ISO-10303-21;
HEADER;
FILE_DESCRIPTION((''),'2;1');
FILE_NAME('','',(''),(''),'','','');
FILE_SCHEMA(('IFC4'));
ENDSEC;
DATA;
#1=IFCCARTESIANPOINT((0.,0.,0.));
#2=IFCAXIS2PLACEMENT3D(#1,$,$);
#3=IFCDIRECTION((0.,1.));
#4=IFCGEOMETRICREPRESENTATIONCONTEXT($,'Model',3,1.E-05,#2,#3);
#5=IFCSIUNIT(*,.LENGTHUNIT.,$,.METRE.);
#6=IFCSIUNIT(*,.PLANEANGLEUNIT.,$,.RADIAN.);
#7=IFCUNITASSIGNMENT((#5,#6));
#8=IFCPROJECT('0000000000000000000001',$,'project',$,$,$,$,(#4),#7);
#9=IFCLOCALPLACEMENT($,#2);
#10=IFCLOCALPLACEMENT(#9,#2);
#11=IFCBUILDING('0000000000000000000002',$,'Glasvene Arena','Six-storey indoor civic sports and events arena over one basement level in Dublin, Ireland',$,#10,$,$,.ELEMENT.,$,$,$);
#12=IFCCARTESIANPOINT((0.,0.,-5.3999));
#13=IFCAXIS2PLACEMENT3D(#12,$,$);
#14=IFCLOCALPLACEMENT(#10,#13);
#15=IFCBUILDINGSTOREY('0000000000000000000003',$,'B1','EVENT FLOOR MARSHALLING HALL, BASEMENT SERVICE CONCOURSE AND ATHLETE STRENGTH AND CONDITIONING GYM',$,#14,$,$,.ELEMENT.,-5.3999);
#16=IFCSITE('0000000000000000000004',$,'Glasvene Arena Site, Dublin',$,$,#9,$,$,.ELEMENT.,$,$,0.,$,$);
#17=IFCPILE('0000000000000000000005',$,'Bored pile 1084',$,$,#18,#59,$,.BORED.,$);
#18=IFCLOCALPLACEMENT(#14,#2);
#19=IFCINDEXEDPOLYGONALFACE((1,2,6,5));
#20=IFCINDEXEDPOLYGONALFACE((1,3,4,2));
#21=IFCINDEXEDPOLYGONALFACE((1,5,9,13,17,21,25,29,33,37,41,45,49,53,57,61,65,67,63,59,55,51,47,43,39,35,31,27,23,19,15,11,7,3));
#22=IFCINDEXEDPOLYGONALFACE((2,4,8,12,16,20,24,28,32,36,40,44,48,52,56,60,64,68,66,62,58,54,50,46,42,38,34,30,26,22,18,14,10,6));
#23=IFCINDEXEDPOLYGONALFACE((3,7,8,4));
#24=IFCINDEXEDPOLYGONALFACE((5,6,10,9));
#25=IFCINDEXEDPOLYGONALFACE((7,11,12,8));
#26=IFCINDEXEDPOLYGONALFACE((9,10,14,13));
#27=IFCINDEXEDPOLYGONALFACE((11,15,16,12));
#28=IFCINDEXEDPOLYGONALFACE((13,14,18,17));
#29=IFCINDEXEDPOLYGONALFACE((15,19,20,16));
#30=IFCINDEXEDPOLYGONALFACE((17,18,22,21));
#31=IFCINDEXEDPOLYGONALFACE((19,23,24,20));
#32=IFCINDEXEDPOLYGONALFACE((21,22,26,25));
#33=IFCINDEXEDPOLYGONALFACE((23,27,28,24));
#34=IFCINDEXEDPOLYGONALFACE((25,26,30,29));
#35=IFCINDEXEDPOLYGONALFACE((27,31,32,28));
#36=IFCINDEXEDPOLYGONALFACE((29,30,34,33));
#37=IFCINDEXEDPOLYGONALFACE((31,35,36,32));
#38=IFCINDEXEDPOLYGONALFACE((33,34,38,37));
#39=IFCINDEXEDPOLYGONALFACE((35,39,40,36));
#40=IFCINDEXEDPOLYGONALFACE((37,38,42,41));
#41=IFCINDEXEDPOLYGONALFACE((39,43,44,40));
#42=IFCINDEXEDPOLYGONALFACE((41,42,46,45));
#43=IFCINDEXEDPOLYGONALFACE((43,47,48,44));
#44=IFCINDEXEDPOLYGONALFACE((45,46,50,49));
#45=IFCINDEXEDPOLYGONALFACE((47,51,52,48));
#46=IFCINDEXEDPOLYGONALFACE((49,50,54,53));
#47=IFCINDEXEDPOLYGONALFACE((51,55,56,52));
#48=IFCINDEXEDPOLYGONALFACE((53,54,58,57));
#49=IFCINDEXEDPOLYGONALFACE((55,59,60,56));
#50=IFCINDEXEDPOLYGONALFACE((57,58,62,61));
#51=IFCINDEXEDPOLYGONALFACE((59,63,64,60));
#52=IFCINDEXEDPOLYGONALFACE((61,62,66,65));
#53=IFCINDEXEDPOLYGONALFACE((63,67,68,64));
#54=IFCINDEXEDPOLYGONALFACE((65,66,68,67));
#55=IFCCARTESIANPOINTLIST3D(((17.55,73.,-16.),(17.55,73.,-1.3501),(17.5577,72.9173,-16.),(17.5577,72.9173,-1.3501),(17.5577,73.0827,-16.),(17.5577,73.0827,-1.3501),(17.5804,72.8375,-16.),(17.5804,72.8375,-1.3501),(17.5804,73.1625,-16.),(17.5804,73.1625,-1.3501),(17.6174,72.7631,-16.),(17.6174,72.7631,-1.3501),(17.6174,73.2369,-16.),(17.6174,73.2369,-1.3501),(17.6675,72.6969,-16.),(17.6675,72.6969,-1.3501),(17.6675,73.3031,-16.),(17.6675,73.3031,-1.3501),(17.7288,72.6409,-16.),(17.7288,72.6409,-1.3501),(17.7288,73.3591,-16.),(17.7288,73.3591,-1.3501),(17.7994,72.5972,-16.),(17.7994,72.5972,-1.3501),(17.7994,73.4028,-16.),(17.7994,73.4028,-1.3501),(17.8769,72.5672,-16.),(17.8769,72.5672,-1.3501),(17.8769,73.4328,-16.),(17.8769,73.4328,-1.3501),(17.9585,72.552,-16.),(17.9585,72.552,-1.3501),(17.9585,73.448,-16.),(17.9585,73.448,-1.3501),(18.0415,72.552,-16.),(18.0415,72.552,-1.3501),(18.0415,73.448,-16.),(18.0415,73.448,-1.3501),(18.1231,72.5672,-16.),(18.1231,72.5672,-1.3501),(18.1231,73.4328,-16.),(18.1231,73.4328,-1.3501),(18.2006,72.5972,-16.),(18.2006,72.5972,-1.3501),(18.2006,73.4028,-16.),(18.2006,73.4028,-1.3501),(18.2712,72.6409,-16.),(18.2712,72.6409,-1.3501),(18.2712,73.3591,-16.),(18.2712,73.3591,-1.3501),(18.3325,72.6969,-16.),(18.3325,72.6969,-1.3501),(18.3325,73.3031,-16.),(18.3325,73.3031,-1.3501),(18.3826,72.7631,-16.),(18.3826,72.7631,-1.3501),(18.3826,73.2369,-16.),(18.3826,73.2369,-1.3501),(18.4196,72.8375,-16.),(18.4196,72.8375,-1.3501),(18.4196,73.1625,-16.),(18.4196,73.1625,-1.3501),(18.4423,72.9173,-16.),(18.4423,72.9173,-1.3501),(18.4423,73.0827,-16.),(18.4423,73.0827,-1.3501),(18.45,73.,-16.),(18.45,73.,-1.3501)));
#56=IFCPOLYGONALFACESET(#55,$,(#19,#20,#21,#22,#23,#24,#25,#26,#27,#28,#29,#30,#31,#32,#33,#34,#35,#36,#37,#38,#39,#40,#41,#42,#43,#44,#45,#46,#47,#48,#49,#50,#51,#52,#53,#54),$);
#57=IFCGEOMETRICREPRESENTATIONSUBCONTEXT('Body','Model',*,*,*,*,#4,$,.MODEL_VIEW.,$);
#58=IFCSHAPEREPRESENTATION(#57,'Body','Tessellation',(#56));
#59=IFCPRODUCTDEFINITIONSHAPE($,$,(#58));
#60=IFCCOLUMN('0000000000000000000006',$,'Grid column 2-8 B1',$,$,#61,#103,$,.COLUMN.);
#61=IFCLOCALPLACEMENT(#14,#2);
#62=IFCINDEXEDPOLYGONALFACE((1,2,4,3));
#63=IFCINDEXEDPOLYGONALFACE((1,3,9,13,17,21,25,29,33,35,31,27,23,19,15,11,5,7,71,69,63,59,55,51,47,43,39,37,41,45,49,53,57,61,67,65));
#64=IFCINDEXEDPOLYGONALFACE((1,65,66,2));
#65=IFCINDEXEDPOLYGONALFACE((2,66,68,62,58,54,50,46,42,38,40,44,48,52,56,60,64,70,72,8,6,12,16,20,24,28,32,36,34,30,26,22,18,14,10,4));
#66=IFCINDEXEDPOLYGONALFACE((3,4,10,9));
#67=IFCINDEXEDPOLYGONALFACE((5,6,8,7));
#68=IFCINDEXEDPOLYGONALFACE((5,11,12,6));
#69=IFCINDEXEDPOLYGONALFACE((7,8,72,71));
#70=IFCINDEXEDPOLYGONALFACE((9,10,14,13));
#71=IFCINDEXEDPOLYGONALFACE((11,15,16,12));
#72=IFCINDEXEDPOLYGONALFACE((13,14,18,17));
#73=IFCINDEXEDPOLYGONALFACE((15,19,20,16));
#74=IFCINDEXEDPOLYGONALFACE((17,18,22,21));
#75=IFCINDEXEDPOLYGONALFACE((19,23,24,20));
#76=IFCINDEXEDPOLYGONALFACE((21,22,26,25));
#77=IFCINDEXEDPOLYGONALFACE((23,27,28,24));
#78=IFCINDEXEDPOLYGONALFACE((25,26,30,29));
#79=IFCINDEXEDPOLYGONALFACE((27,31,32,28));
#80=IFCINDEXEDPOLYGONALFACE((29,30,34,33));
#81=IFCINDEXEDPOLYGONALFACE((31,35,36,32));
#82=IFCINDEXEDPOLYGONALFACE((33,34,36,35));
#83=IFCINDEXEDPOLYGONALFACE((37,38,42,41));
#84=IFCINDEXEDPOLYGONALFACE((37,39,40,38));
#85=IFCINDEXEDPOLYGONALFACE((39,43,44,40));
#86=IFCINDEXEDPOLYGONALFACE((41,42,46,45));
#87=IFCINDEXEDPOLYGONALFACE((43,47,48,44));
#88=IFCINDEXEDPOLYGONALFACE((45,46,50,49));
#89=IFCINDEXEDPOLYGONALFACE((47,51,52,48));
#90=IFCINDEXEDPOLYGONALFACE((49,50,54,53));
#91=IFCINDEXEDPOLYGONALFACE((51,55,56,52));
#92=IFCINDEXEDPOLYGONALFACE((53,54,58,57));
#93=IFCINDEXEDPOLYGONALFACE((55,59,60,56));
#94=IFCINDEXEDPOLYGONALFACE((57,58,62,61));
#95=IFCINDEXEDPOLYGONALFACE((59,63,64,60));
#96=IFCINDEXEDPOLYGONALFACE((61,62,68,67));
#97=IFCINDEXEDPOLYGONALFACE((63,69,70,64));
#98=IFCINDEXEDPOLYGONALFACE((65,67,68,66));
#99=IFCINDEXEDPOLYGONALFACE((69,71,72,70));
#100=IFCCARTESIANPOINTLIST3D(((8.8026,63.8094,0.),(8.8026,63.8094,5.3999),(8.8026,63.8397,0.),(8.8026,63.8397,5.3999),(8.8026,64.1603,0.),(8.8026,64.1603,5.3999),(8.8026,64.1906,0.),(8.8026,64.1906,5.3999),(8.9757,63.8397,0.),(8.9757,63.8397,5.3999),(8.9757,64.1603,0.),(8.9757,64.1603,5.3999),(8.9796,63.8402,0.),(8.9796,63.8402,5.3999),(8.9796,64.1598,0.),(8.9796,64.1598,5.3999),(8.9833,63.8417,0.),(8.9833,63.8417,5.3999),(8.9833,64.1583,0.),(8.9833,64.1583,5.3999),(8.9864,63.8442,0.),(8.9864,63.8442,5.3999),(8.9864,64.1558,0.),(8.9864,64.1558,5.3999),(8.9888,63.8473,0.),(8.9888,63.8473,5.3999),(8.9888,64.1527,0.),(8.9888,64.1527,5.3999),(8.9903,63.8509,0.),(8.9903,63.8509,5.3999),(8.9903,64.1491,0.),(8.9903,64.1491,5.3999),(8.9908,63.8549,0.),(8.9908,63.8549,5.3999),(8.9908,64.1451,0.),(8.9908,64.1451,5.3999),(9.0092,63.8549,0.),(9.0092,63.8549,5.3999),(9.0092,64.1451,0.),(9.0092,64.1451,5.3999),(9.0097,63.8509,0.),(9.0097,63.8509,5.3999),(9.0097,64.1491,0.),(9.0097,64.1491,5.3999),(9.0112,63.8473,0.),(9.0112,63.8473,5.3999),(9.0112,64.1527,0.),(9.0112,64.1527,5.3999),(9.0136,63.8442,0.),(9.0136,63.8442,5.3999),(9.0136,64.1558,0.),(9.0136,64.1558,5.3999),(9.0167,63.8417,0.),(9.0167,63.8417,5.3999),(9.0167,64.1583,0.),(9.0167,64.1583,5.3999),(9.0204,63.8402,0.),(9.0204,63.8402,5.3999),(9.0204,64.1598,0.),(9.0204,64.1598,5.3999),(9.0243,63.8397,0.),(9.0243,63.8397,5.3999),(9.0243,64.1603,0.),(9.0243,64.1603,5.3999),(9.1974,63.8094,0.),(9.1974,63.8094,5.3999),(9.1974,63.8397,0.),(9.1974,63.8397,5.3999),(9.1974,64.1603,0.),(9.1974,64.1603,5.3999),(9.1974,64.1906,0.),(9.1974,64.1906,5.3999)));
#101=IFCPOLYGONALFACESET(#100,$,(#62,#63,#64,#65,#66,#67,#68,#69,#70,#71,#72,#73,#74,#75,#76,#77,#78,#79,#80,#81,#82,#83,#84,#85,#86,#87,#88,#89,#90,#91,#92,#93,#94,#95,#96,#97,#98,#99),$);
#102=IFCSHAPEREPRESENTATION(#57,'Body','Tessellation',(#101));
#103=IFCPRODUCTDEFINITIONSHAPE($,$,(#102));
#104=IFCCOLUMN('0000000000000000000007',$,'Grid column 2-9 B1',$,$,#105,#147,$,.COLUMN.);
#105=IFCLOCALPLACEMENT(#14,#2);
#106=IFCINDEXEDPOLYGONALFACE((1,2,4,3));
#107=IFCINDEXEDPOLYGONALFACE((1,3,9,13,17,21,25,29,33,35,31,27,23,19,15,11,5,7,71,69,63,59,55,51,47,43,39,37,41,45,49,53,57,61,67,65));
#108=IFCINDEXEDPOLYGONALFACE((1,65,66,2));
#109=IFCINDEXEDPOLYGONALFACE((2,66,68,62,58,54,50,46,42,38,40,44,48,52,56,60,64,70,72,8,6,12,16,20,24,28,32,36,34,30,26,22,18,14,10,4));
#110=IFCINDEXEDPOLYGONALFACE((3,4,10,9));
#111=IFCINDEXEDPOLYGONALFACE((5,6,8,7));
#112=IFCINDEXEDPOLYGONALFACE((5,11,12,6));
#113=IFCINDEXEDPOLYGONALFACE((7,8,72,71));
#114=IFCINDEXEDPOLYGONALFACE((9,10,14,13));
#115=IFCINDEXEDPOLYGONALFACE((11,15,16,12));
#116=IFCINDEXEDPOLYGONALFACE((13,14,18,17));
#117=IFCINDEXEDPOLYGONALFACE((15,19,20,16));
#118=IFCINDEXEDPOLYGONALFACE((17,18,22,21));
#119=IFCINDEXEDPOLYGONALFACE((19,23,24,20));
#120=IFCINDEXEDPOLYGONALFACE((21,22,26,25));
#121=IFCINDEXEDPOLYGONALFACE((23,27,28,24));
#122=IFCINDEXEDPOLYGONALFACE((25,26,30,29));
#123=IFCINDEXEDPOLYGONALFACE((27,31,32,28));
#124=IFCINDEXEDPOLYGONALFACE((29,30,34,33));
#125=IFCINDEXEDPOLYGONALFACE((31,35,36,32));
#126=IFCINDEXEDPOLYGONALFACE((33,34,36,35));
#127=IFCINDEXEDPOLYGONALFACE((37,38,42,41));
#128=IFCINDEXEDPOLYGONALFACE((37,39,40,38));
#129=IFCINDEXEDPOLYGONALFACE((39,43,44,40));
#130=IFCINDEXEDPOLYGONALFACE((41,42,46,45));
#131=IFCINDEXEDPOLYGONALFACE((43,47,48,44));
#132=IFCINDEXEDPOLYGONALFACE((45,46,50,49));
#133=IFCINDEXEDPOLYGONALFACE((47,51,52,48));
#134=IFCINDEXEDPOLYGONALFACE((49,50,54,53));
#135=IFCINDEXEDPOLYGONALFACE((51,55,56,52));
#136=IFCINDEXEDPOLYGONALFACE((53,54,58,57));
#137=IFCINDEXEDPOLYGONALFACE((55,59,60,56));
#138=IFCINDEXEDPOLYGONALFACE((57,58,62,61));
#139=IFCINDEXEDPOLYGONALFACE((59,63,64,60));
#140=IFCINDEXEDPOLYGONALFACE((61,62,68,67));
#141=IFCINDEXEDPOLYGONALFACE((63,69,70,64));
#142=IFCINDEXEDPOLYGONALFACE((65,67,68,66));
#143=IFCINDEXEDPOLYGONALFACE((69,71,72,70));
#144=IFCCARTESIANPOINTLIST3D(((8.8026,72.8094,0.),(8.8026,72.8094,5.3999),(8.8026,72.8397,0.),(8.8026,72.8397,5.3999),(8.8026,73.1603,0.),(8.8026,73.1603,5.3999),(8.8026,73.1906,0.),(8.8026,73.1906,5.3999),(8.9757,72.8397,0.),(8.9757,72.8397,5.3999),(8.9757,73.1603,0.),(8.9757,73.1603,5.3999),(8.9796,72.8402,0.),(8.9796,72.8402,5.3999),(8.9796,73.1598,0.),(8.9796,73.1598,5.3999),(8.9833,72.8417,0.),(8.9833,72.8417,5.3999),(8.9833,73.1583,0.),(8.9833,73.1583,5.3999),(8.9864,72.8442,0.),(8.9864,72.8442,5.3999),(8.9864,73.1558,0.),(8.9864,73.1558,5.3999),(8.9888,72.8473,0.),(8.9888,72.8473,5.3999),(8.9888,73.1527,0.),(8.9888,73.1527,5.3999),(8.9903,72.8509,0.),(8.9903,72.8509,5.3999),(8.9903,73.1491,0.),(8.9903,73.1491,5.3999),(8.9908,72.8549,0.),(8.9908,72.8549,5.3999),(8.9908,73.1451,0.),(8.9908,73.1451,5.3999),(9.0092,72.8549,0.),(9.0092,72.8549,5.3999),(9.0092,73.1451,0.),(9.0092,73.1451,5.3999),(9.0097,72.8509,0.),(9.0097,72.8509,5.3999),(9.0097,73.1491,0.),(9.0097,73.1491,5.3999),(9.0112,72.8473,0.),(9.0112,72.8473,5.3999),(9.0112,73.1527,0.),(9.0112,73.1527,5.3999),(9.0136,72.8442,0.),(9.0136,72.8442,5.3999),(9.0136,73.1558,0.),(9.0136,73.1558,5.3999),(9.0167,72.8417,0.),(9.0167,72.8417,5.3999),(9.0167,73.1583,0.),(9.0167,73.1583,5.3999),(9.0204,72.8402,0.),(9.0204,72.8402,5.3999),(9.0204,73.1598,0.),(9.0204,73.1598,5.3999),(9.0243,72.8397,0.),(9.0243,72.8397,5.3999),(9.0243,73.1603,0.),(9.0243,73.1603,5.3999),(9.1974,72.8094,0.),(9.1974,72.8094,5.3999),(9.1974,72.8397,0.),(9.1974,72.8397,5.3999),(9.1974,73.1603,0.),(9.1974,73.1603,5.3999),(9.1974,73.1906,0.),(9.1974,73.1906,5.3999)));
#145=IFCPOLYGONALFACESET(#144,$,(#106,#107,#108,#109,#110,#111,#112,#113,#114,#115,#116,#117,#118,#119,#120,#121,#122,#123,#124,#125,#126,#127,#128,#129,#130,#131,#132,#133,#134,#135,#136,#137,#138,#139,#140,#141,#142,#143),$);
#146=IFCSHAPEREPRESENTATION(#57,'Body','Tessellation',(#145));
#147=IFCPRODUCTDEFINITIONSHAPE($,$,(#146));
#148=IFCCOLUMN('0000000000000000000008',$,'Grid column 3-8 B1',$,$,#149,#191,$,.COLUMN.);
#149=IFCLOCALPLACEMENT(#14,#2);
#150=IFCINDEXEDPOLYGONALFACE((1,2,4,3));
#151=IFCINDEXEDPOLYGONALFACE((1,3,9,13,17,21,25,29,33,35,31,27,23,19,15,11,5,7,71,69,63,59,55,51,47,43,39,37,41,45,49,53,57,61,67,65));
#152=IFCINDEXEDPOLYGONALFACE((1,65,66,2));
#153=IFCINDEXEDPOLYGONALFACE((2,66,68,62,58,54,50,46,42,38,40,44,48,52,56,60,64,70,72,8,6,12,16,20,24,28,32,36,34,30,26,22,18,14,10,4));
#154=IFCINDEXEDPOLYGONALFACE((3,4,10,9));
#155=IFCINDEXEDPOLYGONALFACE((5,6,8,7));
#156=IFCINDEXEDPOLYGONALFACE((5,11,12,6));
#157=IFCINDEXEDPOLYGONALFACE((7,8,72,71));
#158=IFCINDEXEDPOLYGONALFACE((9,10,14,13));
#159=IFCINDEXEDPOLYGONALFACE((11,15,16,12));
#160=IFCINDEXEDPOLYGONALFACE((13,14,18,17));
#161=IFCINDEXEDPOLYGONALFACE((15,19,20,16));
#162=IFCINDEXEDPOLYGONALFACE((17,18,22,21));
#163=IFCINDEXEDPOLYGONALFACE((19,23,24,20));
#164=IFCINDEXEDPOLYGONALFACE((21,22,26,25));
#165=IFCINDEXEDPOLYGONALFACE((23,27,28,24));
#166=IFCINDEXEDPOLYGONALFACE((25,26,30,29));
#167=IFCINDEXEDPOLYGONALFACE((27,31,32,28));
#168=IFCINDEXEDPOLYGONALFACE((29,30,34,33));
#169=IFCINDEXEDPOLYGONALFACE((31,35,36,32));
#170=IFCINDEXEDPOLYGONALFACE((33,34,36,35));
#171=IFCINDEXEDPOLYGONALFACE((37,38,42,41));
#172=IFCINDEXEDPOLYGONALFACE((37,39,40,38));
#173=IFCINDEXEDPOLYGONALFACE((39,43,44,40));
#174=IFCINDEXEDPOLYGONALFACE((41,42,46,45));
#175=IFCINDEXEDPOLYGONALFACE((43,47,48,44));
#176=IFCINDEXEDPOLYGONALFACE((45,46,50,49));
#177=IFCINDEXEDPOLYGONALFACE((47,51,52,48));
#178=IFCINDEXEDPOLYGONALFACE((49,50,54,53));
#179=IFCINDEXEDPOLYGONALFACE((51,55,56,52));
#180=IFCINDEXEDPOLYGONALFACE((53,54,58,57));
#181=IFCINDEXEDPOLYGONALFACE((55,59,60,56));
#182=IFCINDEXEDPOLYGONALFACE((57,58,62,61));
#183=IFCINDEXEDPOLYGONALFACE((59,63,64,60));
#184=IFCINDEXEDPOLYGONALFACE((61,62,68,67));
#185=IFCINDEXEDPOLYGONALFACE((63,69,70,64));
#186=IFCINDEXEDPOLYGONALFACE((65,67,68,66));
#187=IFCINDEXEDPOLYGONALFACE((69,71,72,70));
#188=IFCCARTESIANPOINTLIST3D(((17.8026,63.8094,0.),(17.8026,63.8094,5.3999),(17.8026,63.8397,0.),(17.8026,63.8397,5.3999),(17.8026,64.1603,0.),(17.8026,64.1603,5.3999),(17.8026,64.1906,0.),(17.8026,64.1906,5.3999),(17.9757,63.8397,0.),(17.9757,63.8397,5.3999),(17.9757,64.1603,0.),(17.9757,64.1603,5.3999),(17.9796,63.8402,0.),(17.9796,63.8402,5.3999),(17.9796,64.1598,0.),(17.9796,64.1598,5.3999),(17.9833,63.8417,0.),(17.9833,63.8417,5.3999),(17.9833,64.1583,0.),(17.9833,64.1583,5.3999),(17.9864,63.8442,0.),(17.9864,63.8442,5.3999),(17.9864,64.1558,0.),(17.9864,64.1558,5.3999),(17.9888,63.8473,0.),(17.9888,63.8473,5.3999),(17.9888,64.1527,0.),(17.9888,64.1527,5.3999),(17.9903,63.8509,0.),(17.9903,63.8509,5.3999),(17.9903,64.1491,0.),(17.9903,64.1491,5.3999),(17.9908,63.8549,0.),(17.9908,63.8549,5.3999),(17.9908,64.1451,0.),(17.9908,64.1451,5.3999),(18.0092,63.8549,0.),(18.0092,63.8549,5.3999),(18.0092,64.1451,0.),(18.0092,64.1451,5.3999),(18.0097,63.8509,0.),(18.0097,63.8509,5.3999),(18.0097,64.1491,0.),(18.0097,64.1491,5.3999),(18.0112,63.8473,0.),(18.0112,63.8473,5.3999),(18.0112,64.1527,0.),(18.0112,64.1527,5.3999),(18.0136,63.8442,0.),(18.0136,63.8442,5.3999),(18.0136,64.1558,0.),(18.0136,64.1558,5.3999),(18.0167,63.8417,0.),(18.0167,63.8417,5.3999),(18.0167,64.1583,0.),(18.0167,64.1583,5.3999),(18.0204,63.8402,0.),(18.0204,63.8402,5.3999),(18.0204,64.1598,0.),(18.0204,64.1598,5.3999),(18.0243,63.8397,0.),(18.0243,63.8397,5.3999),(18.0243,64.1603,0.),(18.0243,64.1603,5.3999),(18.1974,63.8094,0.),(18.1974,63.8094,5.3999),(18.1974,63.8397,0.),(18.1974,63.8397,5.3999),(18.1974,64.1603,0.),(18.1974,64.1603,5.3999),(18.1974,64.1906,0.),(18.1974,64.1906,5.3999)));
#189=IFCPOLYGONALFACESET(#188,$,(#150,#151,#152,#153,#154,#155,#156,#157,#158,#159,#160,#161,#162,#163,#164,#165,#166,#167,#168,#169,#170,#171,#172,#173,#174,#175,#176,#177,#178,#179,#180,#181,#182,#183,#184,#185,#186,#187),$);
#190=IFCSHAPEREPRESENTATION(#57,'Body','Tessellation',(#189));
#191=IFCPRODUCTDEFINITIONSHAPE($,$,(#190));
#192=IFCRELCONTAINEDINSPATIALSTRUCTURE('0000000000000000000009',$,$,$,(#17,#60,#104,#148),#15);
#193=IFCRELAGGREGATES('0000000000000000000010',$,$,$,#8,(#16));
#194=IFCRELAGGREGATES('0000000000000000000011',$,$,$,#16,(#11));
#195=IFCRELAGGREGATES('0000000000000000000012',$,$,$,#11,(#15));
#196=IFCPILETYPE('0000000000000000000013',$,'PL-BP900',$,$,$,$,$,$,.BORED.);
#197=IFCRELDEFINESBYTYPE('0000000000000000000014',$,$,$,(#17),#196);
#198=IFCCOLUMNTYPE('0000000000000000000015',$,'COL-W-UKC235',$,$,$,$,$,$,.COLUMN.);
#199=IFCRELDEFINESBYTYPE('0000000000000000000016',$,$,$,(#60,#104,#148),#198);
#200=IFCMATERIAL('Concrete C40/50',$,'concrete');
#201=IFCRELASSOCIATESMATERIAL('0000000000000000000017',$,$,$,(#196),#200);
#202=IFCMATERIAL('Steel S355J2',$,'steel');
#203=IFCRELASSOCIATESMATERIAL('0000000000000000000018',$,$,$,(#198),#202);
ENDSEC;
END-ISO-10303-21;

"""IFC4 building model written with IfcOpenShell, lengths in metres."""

from ifc_helpers import new_model, si_unit, direction, frame, origin, origin_2d, place, context, subcontext, project, spatial, circle, i_section, extrude, material, material_profile, profile_set, type_object, element, save


model = new_model("IFC4")

# Units and contexts
model_context = context("Model", 3, precision=1e-05, world=origin(), true_north=direction((0.0, 1.0)))
body_context = subcontext(model_context, "Body", "Model", "MODEL_VIEW")
ifc_project = project(units=[si_unit("LENGTHUNIT", "METRE"), si_unit("PLANEANGLEUNIT", "RADIAN")], contexts=[model_context])

# Site, building, storey
site_placement = place(None, origin())
site = spatial("IfcSite", under=ifc_project, at=site_placement, Name="Glasvene Arena Site, Dublin", CompositionType="ELEMENT", RefElevation=0.0)
building_placement = place(site_placement, origin())
building = spatial("IfcBuilding", under=site, at=building_placement, Name="Glasvene Arena", Description="Six-storey indoor civic sports and events arena over one basement level in Dublin, Ireland", CompositionType="ELEMENT")
storey_placement = place(building_placement, frame((0.0, 0.0, -5.3999)))
storey = spatial("IfcBuildingStorey", under=building, at=storey_placement, Name="B1", Description="EVENT FLOOR MARSHALLING HALL, BASEMENT SERVICE CONCOURSE AND ATHLETE STRENGTH AND CONDITIONING GYM", CompositionType="ELEMENT", Elevation=-5.3999)

# Shared definitions
ifc_material_1 = material(Name="Concrete C40/50", Category="concrete")

# Pile
ifc_material_profile_1 = material_profile(ifc_material_1, circle(Radius=0.45, at=origin_2d()), Name="BORED PILE 900")
ifc_profile_set_1 = profile_set([ifc_material_profile_1], Name="Concrete C40/50")
pile_type = type_object("IfcPileType", Name="PL-BP900", PredefinedType="BORED", material=ifc_profile_set_1)
for number, where, z_axis, x_axis, name in (
    (1, (18.0, 73.0, -1.3501), (0.0, 0.0, -1.0), (1.0, 0.0, 0.0), "Bored pile 1084"),
):
    element("IfcPile", number, at=place(storey_placement, frame(where, z_axis=z_axis, x_axis=x_axis)), inside=storey, type_object=pile_type, Name=name, PredefinedType="BORED", context=body_context, shape_type="SweptSolid", body=[
        extrude(circle(Radius=0.45, at=origin_2d()), origin(), (0.0, 0.0, 1.0), 14.6499),
    ])

# Columns
ifc_material_2 = material(Name="Steel S355J2", Category="steel")
ifc_material_profile_2 = material_profile(ifc_material_2, i_section(OverallWidth=0.3948, OverallDepth=0.3811, WebThickness=0.0183, FlangeThickness=0.0303, FilletRadius=0.0151, at=origin_2d()), Name="UKC 356x406x235")
ifc_profile_set_2 = profile_set([ifc_material_profile_2], Name="Steel S355J2")
column_type = type_object("IfcColumnType", Name="COL-W-UKC235", PredefinedType="COLUMN", material=ifc_profile_set_2)
for number, where, z_axis, x_axis, name in (
    (2, (9.0, 64.0, 0.0), (0.0, 0.0, 1.0), (1.0, 0.0, 0.0), "Grid column 2-8 B1"),
    (3, (9.0, 73.0, 0.0), (0.0, 0.0, 1.0), (1.0, 0.0, 0.0), "Grid column 2-9 B1"),
    (4, (18.0, 64.0, 0.0), (0.0, 0.0, 1.0), (1.0, 0.0, 0.0), "Grid column 3-8 B1"),
):
    element("IfcColumn", number, at=place(storey_placement, frame(where, z_axis=z_axis, x_axis=x_axis)), inside=storey, type_object=column_type, Name=name, PredefinedType="COLUMN", context=body_context, shape_type="SweptSolid", body=[
        extrude(i_section(OverallWidth=0.3948, OverallDepth=0.3811, WebThickness=0.0183, FlangeThickness=0.0303, FilletRadius=0.0151, at=origin_2d()), origin(), (0.0, 0.0, 1.0), 5.3999),
    ])

save(model, "model.ifc")
